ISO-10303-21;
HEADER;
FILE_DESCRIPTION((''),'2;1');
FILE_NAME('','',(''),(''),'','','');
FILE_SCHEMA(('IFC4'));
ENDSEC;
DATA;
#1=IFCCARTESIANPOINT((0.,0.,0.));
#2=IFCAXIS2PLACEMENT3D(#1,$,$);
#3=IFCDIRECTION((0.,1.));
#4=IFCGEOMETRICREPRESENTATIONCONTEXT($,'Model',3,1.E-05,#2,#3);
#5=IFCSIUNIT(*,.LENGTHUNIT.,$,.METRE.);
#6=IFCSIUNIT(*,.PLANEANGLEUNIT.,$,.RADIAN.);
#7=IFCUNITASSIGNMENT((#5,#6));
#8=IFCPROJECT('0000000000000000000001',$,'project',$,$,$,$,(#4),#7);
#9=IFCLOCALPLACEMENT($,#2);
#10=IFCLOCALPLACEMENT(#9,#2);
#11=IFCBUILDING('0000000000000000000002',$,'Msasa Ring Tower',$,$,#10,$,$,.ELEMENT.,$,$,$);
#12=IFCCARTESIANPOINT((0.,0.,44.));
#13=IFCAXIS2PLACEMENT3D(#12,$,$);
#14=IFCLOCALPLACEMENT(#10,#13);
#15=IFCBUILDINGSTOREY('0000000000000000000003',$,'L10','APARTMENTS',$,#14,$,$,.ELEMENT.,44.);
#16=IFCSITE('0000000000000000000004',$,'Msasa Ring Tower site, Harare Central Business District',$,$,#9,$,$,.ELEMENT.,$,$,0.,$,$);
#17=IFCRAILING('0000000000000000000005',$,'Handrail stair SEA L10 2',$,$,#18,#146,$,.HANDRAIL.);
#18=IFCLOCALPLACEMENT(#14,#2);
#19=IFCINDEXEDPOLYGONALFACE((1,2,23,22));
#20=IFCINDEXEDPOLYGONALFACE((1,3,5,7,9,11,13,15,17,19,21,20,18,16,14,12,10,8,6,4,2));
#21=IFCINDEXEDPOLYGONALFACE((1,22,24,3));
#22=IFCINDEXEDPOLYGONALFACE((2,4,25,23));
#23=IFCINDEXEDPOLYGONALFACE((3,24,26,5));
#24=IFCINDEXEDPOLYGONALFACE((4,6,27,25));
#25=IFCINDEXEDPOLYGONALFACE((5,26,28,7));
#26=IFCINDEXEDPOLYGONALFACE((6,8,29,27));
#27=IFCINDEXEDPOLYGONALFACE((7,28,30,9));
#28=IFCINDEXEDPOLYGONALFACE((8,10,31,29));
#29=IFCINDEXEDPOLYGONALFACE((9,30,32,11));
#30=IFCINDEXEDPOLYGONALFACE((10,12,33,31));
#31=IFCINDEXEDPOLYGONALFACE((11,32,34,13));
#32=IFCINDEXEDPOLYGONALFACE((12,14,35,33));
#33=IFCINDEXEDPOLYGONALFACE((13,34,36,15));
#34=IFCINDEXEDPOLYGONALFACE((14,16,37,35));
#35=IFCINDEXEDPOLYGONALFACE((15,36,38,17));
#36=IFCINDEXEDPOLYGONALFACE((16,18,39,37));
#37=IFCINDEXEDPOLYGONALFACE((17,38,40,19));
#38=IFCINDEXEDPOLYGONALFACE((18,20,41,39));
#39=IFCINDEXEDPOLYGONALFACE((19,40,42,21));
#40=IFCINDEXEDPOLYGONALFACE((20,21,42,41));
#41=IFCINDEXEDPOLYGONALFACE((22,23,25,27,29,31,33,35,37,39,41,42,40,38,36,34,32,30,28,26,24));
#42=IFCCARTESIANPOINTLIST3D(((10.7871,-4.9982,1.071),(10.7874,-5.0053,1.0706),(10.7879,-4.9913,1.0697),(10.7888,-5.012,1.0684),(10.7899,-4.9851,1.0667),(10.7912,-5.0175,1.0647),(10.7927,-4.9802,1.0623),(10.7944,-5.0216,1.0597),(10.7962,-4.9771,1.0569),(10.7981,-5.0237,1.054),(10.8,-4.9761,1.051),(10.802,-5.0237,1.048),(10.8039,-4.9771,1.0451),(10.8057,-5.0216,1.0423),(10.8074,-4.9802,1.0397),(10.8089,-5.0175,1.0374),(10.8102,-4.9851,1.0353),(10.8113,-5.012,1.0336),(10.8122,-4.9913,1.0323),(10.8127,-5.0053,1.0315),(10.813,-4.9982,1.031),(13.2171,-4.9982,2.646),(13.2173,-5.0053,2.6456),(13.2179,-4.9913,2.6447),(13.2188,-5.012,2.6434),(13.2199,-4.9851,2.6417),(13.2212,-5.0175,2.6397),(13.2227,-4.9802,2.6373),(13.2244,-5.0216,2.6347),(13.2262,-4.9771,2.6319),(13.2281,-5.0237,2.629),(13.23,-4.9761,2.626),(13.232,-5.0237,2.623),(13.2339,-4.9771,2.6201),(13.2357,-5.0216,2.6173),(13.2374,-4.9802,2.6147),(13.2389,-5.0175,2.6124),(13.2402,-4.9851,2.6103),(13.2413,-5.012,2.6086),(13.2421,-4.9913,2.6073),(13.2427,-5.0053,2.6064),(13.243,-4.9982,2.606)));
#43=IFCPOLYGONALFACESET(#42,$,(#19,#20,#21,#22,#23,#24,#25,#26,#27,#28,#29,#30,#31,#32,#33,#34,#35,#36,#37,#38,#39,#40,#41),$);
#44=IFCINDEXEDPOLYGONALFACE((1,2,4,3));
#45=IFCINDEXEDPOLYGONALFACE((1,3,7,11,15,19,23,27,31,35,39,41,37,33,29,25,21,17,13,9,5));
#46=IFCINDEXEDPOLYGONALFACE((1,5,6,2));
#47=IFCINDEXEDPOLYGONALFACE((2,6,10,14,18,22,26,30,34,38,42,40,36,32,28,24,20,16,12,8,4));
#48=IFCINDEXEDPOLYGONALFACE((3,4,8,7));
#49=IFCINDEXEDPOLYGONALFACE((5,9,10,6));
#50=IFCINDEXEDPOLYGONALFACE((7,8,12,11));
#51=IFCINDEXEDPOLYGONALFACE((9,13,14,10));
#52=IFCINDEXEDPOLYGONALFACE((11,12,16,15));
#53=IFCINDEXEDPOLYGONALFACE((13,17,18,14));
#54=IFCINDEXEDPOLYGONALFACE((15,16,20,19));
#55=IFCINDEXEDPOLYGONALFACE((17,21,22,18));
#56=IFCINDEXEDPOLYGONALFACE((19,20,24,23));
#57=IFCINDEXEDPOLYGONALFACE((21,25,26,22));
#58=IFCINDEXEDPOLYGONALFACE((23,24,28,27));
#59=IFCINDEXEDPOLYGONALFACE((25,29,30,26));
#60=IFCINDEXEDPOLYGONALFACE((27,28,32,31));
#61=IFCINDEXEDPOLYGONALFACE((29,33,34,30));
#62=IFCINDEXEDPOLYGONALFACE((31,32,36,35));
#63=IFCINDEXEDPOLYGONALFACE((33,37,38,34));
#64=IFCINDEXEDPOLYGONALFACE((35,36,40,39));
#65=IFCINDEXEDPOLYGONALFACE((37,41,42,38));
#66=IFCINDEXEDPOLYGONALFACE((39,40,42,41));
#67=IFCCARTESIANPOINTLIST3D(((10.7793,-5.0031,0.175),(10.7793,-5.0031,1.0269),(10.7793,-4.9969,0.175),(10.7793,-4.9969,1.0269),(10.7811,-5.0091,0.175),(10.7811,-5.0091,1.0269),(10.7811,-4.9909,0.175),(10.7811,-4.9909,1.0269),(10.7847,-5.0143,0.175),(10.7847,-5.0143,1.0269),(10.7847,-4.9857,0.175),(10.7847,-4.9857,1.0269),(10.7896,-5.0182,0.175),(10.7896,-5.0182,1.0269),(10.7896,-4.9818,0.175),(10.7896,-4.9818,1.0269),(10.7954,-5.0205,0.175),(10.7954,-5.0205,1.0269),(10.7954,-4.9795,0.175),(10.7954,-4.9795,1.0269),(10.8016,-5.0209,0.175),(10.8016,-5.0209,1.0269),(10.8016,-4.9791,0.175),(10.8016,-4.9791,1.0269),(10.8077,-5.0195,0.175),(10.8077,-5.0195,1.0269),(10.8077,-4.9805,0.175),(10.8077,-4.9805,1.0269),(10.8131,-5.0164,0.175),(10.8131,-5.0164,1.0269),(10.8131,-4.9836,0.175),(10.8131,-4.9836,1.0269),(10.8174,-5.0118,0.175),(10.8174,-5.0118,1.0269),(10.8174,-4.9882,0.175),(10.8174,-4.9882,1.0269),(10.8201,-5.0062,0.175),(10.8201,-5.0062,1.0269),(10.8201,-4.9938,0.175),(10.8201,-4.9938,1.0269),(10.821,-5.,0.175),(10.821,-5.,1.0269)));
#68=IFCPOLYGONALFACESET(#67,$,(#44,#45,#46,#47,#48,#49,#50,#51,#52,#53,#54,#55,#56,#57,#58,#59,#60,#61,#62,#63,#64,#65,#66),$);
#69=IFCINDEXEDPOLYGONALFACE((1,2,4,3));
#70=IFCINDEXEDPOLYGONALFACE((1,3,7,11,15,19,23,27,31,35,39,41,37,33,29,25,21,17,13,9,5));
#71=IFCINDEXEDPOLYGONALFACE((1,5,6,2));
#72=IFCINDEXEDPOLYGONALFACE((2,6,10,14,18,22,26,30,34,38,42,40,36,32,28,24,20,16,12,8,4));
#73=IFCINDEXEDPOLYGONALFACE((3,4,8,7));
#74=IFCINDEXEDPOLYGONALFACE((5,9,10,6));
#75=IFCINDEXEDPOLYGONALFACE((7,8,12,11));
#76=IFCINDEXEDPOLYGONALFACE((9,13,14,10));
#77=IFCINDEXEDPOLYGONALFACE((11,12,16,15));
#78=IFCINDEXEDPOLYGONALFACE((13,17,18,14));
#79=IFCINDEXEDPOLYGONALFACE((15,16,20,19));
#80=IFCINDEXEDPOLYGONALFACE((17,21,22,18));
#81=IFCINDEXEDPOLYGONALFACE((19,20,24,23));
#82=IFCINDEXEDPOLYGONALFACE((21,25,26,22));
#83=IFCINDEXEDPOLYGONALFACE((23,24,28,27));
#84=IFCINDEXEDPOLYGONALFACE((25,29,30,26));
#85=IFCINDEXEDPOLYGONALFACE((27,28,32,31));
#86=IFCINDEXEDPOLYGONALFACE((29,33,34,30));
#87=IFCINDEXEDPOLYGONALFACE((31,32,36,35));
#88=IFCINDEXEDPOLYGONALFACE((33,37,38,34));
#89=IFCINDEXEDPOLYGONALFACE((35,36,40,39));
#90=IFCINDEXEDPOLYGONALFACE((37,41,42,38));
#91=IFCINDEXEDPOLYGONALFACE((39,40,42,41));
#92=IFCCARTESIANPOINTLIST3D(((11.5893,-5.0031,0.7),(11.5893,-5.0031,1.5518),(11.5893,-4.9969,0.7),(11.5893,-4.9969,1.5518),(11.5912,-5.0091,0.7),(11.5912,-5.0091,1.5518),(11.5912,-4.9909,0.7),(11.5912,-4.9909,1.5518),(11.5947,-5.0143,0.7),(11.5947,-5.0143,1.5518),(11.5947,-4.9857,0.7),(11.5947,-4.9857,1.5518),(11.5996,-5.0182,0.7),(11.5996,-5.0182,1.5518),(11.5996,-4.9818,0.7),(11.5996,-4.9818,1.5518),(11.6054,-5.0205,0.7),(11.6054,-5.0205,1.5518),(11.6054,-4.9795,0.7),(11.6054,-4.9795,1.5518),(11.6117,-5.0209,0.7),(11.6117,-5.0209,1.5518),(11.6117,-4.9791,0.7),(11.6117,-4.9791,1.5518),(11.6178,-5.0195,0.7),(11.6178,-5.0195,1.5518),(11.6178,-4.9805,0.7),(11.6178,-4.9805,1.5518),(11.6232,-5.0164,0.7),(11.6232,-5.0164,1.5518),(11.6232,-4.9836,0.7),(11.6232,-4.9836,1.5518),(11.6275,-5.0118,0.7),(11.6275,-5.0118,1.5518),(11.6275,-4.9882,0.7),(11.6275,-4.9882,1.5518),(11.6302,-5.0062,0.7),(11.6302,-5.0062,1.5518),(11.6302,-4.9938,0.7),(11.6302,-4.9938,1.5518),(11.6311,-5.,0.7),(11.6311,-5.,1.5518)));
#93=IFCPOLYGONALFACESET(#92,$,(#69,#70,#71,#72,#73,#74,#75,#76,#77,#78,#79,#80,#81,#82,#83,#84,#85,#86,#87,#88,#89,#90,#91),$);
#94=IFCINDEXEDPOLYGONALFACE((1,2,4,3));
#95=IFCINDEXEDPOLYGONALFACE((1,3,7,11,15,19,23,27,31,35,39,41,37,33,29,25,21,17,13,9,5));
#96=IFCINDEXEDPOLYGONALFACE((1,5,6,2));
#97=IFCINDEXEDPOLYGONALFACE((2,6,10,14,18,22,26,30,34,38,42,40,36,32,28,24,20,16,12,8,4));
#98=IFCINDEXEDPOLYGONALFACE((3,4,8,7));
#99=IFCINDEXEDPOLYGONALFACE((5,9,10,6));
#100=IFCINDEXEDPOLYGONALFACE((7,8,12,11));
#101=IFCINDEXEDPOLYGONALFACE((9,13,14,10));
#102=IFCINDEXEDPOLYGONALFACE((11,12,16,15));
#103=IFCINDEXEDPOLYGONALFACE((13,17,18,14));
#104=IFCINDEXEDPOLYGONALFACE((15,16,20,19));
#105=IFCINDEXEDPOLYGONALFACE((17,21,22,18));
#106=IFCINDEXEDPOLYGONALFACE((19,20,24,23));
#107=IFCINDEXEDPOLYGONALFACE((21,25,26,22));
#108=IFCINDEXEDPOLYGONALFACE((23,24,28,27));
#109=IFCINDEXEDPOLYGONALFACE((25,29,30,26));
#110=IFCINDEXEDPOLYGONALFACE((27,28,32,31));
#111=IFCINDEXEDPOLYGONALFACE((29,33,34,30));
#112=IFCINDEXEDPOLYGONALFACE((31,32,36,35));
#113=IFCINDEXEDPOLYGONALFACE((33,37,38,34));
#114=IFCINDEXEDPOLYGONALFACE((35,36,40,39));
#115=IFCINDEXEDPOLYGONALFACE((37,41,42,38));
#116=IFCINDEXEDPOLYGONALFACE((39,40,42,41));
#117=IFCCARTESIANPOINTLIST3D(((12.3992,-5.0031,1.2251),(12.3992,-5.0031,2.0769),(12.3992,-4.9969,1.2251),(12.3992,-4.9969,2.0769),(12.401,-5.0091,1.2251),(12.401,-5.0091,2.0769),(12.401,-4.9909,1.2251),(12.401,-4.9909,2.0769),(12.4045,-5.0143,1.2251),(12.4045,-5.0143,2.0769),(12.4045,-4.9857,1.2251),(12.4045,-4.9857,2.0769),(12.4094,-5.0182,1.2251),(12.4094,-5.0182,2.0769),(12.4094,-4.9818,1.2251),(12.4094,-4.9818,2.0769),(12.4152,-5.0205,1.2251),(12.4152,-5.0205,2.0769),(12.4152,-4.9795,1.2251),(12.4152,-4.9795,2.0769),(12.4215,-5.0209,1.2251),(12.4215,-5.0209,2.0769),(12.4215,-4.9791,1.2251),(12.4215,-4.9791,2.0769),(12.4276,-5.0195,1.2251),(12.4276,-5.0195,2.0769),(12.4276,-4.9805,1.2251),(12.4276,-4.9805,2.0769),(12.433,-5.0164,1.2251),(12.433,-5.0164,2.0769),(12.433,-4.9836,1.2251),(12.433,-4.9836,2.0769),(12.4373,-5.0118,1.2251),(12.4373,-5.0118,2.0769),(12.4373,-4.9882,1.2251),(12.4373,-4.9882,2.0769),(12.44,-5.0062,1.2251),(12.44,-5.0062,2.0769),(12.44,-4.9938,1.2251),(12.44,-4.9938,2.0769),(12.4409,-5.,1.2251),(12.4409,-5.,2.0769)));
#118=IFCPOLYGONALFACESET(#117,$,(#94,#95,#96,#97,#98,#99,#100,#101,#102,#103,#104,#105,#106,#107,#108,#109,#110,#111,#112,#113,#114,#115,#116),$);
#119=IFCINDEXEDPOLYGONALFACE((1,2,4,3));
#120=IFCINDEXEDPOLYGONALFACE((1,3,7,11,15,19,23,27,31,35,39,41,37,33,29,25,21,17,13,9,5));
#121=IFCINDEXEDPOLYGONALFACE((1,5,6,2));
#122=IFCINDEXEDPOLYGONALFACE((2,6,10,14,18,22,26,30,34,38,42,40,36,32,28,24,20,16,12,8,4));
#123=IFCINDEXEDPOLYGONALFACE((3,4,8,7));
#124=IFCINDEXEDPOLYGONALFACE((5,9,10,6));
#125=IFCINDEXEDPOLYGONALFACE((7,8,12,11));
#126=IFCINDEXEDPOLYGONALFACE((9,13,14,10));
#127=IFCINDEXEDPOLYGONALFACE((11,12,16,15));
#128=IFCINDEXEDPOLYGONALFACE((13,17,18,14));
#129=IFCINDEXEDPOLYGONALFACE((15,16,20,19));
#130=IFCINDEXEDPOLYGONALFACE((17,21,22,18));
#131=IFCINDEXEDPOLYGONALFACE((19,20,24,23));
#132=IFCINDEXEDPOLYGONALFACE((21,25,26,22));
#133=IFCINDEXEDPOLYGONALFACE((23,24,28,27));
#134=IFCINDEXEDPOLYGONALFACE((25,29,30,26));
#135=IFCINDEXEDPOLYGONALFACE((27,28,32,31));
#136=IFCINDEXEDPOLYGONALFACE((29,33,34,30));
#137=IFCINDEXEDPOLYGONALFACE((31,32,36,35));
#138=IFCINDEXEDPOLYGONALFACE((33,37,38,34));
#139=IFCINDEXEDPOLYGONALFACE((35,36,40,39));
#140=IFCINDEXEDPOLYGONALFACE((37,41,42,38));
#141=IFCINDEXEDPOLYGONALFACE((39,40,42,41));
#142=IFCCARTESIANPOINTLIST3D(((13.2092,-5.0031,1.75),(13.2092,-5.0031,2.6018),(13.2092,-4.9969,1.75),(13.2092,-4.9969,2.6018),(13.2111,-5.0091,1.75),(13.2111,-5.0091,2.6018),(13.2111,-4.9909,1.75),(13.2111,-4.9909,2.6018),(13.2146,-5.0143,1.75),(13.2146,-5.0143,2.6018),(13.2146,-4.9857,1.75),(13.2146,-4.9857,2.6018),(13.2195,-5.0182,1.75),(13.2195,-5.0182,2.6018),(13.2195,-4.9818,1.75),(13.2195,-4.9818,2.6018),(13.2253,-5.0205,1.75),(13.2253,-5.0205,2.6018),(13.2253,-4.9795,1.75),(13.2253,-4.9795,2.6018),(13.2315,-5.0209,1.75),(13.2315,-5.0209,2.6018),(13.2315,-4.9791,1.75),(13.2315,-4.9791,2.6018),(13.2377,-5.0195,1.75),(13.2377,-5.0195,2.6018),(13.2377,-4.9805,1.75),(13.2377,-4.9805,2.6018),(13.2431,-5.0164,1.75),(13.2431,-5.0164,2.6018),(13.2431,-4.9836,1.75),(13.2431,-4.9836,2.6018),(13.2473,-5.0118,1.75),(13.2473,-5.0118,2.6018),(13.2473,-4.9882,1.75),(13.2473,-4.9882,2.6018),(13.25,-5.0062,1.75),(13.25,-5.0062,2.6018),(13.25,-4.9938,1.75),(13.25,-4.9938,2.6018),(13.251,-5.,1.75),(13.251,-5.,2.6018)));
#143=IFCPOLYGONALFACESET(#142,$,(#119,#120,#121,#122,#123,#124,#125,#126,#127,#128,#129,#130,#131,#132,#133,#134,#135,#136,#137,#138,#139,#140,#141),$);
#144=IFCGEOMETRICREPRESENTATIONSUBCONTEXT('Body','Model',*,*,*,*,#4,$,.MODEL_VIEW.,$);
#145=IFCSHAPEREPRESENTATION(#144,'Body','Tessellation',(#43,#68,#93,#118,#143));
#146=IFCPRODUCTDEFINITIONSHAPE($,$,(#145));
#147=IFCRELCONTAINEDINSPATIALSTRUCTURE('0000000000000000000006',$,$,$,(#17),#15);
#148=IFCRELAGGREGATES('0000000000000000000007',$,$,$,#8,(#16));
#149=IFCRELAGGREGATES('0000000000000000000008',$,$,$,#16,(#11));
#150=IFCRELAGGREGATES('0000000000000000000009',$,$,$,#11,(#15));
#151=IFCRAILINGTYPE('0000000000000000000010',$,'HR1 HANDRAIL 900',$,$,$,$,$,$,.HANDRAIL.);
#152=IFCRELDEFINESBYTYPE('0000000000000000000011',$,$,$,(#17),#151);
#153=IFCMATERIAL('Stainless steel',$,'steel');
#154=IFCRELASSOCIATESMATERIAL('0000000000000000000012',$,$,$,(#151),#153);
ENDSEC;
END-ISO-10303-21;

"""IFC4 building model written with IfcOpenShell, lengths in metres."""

from ifc_helpers import new_model, si_unit, direction, frame, origin, origin_2d, place, context, subcontext, project, spatial, circle, extrude, material, type_object, element, save


model = new_model("IFC4")

# Units and contexts
model_context = context("Model", 3, precision=1e-05, world=origin(), true_north=direction((0.0, 1.0)))
body_context = subcontext(model_context, "Body", "Model", "MODEL_VIEW")
ifc_project = project(units=[si_unit("LENGTHUNIT", "METRE"), si_unit("PLANEANGLEUNIT", "RADIAN")], contexts=[model_context])

# Site, building, storey
site_placement = place(None, origin())
site = spatial("IfcSite", under=ifc_project, at=site_placement, Name="Msasa Ring Tower site, Harare Central Business District", CompositionType="ELEMENT", RefElevation=0.0)
building_placement = place(site_placement, origin())
building = spatial("IfcBuilding", under=site, at=building_placement, Name="Msasa Ring Tower", CompositionType="ELEMENT")
storey_placement = place(building_placement, frame((0.0, 0.0, 44.0)))
storey = spatial("IfcBuildingStorey", under=building, at=storey_placement, Name="L10", Description="APARTMENTS", CompositionType="ELEMENT", Elevation=44.0)

# Railing
ifc_material_1 = material(Name="Stainless steel", Category="steel")
railing_type = type_object("IfcRailingType", Name="HR1 HANDRAIL 900", PredefinedType="HANDRAIL", material=ifc_material_1)
for number, where, name in (
    (1, (10.8, -5.0, 0.175), "Handrail stair SEA L10 2"),
):
    element("IfcRailing", number, at=place(storey_placement, frame(where)), inside=storey, type_object=railing_type, Name=name, PredefinedType="HANDRAIL", context=body_context, shape_type="SweptSolid", body=[
        extrude(circle(Radius=0.0239, at=origin_2d()), frame((0.0, 0.0, 0.876), z_axis=(0.839154, 0.0, 0.543894), x_axis=(0.0, 1.0, 0.0)), (0.0, 0.0, 1.0), 2.8958),
        extrude(circle(Radius=0.021, at=origin_2d()), origin(), (0.0, 0.0, 1.0), 0.8518),
        extrude(circle(Radius=0.021, at=origin_2d()), frame((0.8101, 0.0, 0.5249)), (0.0, 0.0, 1.0), 0.8518),
        extrude(circle(Radius=0.021, at=origin_2d()), frame((1.6199, 0.0, 1.05)), (0.0, 0.0, 1.0), 0.8518),
        extrude(circle(Radius=0.021, at=origin_2d()), frame((2.4299, 0.0, 1.575)), (0.0, 0.0, 1.0), 0.8518),
    ])

save(model, "model.ifc")
